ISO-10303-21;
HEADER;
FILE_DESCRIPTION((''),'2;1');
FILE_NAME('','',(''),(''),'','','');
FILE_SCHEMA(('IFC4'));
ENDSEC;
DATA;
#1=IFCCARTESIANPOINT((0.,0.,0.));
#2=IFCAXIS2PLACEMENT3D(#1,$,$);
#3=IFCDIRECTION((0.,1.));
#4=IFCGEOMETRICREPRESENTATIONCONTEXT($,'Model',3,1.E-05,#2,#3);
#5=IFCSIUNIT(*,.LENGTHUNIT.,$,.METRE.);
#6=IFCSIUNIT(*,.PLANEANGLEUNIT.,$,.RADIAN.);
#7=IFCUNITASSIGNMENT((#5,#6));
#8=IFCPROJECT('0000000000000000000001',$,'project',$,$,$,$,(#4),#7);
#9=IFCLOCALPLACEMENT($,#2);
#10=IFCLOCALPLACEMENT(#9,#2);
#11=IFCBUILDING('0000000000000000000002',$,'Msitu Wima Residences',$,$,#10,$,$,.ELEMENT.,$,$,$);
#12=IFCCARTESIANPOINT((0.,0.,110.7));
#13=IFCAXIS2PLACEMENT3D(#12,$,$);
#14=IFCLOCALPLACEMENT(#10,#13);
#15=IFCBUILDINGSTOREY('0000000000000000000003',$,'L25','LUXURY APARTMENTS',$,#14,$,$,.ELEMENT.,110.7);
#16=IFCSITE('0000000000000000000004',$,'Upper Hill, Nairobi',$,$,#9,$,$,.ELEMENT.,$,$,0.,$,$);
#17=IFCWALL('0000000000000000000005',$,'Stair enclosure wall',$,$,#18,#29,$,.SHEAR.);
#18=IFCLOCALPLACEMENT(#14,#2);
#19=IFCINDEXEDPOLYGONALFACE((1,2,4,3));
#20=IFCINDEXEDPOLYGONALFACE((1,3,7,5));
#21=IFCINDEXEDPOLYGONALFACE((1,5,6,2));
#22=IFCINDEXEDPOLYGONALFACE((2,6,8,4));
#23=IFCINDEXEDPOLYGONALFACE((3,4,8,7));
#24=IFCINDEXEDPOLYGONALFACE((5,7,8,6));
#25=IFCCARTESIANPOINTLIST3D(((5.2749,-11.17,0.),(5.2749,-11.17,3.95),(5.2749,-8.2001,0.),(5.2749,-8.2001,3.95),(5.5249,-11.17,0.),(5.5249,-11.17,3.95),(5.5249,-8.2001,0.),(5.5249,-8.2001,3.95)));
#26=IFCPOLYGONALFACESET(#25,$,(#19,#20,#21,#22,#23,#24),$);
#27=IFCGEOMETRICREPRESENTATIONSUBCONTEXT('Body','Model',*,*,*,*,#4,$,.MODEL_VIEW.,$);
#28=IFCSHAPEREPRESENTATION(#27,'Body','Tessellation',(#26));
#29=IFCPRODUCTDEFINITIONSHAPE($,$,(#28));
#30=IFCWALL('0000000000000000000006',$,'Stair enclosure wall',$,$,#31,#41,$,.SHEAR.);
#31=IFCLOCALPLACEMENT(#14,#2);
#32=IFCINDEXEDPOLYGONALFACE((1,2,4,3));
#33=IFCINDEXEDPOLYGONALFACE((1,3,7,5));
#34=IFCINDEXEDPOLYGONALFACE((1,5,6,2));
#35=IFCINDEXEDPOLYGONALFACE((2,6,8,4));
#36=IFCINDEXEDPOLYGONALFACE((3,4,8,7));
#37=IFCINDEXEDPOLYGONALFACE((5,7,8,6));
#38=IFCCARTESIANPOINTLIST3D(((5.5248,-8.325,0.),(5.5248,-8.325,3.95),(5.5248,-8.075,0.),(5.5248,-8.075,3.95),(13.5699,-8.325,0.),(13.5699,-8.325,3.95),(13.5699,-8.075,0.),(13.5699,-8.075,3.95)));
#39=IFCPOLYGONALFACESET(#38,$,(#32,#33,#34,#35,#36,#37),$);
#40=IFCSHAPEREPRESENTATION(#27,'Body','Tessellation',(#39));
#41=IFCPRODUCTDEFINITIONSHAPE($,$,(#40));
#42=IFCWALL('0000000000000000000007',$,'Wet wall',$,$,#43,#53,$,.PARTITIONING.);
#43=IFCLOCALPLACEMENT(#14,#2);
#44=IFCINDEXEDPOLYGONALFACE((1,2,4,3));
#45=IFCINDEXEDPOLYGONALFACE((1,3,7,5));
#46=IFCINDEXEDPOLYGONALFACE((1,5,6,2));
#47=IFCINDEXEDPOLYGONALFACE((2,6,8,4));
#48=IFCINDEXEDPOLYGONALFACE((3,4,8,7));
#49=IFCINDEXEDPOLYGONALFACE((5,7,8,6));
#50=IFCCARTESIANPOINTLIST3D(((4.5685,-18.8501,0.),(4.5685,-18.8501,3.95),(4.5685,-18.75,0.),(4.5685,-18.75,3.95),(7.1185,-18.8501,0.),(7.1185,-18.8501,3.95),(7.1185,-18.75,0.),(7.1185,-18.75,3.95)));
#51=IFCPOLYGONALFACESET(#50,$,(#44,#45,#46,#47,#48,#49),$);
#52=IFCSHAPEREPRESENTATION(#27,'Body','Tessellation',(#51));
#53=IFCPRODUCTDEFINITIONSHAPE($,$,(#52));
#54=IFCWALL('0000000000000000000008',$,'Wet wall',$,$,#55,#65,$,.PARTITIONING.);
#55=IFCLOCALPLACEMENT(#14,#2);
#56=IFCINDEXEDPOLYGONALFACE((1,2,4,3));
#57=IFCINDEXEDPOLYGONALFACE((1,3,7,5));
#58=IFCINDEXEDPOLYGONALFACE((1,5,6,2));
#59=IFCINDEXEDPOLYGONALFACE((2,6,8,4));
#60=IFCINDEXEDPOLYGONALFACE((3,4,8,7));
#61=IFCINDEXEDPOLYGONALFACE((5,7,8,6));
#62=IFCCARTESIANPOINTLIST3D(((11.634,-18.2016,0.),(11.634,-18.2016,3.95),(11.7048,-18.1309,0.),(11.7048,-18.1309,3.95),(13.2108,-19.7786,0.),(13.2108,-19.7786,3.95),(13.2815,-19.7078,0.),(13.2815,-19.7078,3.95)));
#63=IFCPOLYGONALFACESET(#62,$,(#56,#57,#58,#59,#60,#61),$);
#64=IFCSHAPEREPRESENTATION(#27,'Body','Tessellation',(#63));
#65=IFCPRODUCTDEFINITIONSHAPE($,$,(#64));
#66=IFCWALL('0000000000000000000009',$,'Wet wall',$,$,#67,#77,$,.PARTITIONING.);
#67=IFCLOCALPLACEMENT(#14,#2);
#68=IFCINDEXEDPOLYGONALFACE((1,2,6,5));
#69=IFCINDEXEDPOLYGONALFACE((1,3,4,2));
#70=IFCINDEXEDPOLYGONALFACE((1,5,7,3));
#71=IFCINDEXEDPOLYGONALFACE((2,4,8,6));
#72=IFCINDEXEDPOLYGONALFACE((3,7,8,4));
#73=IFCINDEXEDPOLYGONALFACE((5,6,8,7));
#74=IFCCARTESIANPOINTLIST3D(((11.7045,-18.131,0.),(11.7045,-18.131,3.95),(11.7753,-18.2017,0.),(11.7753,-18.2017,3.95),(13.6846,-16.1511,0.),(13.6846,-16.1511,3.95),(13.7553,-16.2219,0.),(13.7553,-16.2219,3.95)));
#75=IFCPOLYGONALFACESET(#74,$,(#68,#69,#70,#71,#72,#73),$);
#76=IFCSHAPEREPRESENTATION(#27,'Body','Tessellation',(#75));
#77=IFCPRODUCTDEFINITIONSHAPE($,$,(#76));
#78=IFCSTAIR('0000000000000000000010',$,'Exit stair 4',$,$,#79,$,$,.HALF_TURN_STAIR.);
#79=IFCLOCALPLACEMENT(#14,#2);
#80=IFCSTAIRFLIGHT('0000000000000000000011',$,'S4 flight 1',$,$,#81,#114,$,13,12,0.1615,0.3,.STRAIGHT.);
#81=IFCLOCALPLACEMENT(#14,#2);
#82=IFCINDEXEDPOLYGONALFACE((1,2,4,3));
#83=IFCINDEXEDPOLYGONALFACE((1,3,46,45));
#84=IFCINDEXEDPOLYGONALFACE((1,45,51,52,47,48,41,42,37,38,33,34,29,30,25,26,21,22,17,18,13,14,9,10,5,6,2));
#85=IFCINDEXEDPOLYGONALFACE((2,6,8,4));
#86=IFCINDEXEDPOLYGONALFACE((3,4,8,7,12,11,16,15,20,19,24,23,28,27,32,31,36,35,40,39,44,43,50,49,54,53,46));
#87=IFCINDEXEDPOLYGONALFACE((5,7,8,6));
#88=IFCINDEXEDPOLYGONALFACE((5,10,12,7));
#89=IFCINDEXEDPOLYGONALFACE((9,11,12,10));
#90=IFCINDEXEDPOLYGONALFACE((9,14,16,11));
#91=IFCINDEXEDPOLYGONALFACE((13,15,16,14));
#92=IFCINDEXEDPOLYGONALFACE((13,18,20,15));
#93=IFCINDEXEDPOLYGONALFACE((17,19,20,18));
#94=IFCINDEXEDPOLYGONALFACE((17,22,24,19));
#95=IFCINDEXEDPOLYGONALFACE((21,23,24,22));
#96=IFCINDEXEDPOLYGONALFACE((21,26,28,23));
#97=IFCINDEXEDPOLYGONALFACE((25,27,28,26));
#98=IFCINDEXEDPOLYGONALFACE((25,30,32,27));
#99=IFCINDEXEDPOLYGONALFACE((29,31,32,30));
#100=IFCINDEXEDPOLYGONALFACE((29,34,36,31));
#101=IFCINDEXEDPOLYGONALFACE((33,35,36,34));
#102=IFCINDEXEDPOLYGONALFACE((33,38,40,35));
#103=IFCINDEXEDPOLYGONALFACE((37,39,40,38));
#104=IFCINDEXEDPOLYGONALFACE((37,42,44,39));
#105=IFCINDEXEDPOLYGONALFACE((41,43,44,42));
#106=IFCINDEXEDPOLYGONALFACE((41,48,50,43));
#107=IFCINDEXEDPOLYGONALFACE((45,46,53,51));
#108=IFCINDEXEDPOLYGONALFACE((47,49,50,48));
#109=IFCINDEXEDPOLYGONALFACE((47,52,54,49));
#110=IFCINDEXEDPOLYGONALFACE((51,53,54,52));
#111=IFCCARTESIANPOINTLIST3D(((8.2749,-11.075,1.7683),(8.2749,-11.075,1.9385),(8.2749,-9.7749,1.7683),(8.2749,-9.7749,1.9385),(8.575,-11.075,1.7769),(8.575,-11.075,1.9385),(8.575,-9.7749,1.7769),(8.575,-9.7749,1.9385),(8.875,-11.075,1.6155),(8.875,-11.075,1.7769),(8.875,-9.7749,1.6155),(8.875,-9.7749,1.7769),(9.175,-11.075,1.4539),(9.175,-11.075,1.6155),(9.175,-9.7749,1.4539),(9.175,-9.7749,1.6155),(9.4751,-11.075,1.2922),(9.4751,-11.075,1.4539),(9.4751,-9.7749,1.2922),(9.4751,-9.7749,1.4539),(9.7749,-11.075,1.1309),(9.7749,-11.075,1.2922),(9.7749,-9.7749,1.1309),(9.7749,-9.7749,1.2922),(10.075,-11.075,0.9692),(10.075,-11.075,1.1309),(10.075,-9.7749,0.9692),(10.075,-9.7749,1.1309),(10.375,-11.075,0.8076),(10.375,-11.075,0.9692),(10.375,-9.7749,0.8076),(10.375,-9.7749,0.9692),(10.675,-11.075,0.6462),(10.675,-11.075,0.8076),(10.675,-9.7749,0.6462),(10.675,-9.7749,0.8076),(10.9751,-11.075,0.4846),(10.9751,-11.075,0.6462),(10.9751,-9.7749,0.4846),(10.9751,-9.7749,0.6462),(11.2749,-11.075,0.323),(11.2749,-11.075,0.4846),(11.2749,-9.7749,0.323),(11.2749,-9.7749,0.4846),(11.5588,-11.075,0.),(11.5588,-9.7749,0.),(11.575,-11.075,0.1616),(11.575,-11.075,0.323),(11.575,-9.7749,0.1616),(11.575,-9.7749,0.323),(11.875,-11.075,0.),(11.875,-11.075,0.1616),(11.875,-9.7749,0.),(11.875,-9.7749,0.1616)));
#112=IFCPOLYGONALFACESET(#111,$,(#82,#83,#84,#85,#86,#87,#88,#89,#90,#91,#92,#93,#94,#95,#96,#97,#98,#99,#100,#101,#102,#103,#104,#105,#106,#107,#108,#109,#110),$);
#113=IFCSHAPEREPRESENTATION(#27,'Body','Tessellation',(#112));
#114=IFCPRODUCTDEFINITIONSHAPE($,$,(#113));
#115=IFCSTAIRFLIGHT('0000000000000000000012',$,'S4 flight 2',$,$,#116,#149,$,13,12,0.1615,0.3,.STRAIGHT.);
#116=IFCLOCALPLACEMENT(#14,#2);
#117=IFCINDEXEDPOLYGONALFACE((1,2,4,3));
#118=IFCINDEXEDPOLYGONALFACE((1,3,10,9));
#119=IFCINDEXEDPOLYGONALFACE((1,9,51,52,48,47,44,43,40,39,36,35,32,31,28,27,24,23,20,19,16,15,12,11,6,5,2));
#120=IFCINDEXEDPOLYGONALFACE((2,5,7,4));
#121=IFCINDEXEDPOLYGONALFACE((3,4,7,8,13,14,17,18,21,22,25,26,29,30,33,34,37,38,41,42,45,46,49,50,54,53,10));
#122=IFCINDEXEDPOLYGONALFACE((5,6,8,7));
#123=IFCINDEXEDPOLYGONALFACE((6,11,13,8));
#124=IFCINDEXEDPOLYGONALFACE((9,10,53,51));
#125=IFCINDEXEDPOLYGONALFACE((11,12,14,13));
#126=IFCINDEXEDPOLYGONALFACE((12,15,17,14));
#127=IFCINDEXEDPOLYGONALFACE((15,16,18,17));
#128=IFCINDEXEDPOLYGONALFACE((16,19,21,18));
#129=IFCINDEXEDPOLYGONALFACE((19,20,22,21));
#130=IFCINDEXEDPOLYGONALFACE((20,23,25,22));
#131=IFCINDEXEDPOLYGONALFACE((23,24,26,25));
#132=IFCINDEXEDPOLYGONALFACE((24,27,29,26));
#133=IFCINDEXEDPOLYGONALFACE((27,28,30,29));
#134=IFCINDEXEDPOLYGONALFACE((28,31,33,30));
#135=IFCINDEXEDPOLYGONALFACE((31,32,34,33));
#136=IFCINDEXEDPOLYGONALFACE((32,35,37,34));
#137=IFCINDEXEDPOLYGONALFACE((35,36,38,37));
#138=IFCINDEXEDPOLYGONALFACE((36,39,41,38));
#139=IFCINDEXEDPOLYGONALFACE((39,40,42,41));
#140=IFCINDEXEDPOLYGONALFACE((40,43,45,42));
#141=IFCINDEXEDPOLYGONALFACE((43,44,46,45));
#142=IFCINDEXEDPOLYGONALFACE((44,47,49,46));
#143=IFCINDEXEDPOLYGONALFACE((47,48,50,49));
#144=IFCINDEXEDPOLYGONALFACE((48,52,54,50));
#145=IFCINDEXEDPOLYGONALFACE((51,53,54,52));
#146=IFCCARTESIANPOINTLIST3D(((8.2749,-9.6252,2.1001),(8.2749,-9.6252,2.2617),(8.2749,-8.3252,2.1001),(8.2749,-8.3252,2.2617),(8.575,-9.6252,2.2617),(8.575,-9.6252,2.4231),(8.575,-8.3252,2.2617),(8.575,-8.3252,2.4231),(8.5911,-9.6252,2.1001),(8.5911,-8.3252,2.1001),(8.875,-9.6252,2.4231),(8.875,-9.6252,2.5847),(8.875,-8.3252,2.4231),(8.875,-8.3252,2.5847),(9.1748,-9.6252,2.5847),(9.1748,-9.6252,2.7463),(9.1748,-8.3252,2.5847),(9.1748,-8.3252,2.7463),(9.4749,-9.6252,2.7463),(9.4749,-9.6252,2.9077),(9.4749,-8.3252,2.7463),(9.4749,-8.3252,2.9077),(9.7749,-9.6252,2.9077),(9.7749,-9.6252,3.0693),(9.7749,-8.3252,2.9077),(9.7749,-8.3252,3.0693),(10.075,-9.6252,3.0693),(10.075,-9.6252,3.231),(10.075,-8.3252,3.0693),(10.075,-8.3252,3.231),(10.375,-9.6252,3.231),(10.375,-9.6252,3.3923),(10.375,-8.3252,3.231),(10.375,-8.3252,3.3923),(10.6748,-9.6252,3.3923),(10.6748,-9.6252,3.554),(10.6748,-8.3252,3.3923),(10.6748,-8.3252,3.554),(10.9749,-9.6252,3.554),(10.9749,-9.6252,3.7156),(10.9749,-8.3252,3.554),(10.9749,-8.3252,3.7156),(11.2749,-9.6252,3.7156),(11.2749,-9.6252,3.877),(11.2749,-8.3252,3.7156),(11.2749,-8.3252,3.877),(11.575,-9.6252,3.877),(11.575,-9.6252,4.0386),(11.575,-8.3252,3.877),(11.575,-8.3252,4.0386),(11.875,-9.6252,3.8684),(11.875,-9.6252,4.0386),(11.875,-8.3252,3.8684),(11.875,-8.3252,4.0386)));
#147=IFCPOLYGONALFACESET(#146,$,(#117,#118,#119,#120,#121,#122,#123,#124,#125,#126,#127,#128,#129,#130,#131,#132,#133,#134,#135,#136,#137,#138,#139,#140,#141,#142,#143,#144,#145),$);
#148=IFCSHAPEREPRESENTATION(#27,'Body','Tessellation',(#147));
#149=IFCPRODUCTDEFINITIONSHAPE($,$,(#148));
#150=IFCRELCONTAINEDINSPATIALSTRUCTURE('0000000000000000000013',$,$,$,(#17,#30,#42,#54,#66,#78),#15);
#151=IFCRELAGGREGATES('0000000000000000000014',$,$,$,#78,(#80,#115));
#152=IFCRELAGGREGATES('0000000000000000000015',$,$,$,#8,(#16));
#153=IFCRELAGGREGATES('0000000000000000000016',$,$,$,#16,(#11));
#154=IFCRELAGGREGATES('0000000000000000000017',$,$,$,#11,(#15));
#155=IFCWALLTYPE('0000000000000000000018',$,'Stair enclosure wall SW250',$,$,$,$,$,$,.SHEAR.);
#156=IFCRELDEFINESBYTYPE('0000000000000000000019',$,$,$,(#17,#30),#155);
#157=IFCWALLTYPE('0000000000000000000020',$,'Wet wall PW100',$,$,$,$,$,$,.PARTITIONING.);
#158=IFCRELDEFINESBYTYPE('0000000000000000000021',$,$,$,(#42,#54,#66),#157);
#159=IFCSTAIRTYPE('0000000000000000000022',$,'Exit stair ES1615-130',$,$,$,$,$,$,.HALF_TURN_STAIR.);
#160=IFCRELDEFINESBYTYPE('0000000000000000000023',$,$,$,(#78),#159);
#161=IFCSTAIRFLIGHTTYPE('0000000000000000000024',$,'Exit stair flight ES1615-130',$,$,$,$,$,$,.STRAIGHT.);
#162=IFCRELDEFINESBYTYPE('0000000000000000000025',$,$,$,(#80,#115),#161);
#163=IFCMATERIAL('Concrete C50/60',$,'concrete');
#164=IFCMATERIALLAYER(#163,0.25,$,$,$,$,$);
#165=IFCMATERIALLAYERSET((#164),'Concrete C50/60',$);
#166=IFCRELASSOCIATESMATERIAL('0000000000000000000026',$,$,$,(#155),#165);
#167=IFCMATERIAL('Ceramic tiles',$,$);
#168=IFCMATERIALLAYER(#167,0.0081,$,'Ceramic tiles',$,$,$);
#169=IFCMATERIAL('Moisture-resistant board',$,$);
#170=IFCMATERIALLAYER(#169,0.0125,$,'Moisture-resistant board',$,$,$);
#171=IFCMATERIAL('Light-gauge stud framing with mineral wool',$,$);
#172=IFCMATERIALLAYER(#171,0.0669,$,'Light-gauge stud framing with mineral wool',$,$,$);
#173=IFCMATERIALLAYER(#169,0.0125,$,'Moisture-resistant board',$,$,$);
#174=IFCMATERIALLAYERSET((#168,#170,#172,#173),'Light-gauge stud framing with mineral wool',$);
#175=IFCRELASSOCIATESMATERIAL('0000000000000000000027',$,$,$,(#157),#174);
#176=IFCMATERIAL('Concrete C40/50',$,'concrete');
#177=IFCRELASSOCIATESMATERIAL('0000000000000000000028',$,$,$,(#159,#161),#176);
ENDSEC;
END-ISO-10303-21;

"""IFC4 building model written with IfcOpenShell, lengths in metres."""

from ifc_helpers import new_model, si_unit, direction, frame, frame_2d, origin, place, context, subcontext, project, spatial, polyline, rectangle, outline, extrude, material, layer, layer_set, type_object, element, aggregate, save


model = new_model("IFC4")

# Units and contexts
model_context = context("Model", 3, precision=1e-05, world=origin(), true_north=direction((0.0, 1.0)))
body_context = subcontext(model_context, "Body", "Model", "MODEL_VIEW")
ifc_project = project(units=[si_unit("LENGTHUNIT", "METRE"), si_unit("PLANEANGLEUNIT", "RADIAN")], contexts=[model_context])

# Site, building, storey
site_placement = place(None, origin())
site = spatial("IfcSite", under=ifc_project, at=site_placement, Name="Upper Hill, Nairobi", CompositionType="ELEMENT", RefElevation=0.0)
building_placement = place(site_placement, origin())
building = spatial("IfcBuilding", under=site, at=building_placement, Name="Msitu Wima Residences", CompositionType="ELEMENT")
storey_placement = place(building_placement, frame((0.0, 0.0, 110.7)))
storey = spatial("IfcBuildingStorey", under=building, at=storey_placement, Name="L25", Description="LUXURY APARTMENTS", CompositionType="ELEMENT", Elevation=110.7)

# Shared definitions
ifc_material_1 = material(Name="Concrete C40/50", Category="concrete")

# Walls
ifc_material_2 = material(Name="Light-gauge stud framing with mineral wool")
ifc_material_3 = material(Name="Concrete C50/60", Category="concrete")
ifc_layer_1 = layer(ifc_material_3, 0.25)
ifc_layer_set_1 = layer_set([ifc_layer_1], Name="Concrete C50/60")
wall_type_1 = type_object("IfcWallType", Name="Stair enclosure wall SW250", PredefinedType="SHEAR", material=ifc_layer_set_1)
wall_1_placement = place(storey_placement, frame((5.3999, -11.1699, 0.0), z_axis=(0.0, 0.0, 1.0), x_axis=(0.0, 1.0, 0.0)))
element("IfcWall", 1, at=wall_1_placement, inside=storey, type_object=wall_type_1, Name="Stair enclosure wall", PredefinedType="SHEAR", context=body_context, shape_type="SweptSolid", body=[
    extrude(rectangle(XDim=2.97, YDim=0.25, at=frame_2d((1.4849, 0.0))), origin(), (0.0, 0.0, 1.0), 3.95),
])
wall_2_placement = place(storey_placement, frame((5.5249, -8.2, 0.0), z_axis=(0.0, 0.0, 1.0), x_axis=(1.0, 0.0, 0.0)))
element("IfcWall", 2, at=wall_2_placement, inside=storey, type_object=wall_type_1, Name="Stair enclosure wall", PredefinedType="SHEAR", context=body_context, shape_type="SweptSolid", body=[
    extrude(rectangle(XDim=8.0452, YDim=0.25, at=frame_2d((4.0225, 0.0))), origin(), (0.0, 0.0, 1.0), 3.95),
])
ifc_material_4 = material(Name="Ceramic tiles")
ifc_layer_2 = layer(ifc_material_4, 0.0081, Name="Ceramic tiles")
ifc_material_5 = material(Name="Moisture-resistant board")
ifc_layer_3 = layer(ifc_material_5, 0.0125, Name="Moisture-resistant board")
ifc_layer_4 = layer(ifc_material_2, 0.0669, Name="Light-gauge stud framing with mineral wool")
ifc_layer_5 = layer(ifc_material_5, 0.0125, Name="Moisture-resistant board")
ifc_layer_set_2 = layer_set([ifc_layer_2, ifc_layer_3, ifc_layer_4, ifc_layer_5], Name="Light-gauge stud framing with mineral wool")
wall_type_2 = type_object("IfcWallType", Name="Wet wall PW100", PredefinedType="PARTITIONING", material=ifc_layer_set_2)
wall_3_placement = place(storey_placement, frame((4.5686, -18.8, 0.0), z_axis=(0.0, 0.0, 1.0), x_axis=(1.0, 0.0, 0.0)))
element("IfcWall", 3, at=wall_3_placement, inside=storey, type_object=wall_type_2, Name="Wet wall", PredefinedType="PARTITIONING", context=body_context, shape_type="SweptSolid", body=[
    extrude(rectangle(XDim=2.55, YDim=0.1001, at=frame_2d((1.2749, 0.0))), origin(), (0.0, 0.0, 1.0), 3.95),
])
wall_4_placement = place(storey_placement, frame((11.6694, -18.1663, 0.0), z_axis=(0.0, 0.0, 1.0), x_axis=(0.707052, -0.707162, 0.0)))
element("IfcWall", 4, at=wall_4_placement, inside=storey, type_object=wall_type_2, Name="Wet wall", PredefinedType="PARTITIONING", context=body_context, shape_type="SweptSolid", body=[
    extrude(rectangle(XDim=2.23, YDim=0.1001, at=frame_2d((1.115, 0.0))), origin(), (0.0, 0.0, 1.0), 3.95),
])
wall_5_placement = place(storey_placement, frame((11.74, -18.1663, 0.0), z_axis=(0.0, 0.0, 1.0), x_axis=(0.70715, 0.707063, 0.0)))
element("IfcWall", 5, at=wall_5_placement, inside=storey, type_object=wall_type_2, Name="Wet wall", PredefinedType="PARTITIONING", context=body_context, shape_type="SweptSolid", body=[
    extrude(rectangle(XDim=2.8, YDim=0.1001, at=frame_2d((1.3999, 0.0))), origin(), (0.0, 0.0, 1.0), 3.95),
])

# Stair, stair flights
stair_type = type_object("IfcStairType", Name="Exit stair ES1615-130", PredefinedType="HALF_TURN_STAIR", material=ifc_material_1)
stair_placement = place(storey_placement, origin())
stair = element("IfcStair", 6, at=stair_placement, inside=storey, type_object=stair_type, Name="Exit stair 4", PredefinedType="HALF_TURN_STAIR")
stair_flight_type = type_object("IfcStairFlightType", Name="Exit stair flight ES1615-130", PredefinedType="STRAIGHT", material=ifc_material_1)
stair_flight_1_placement = place(storey_placement, frame((11.875, -10.425, 0.0), z_axis=(0.0, 0.0, 1.0), x_axis=(-1.0, 0.0, 0.0)))
stair_flight_1 = element("IfcStairFlight", 7, at=stair_flight_1_placement, type_object=stair_flight_type, Name="S4 flight 1", NumberOfRisers=13, NumberOfTreads=12, PredefinedType="STRAIGHT", RiserHeight=0.1615, TreadLength=0.3, context=body_context, shape_type="SweptSolid", body=[
    extrude(outline(polyline([(0.0, 0.0), (0.0, 0.1616), (0.3, 0.1616), (0.3, 0.323), (0.6001, 0.323), (0.6001, 0.4846), (0.8999, 0.4846), (0.8999, 0.6462), (1.2, 0.6462), (1.2, 0.8076), (1.5, 0.8076), (1.5, 0.9692), (1.8, 0.9692), (1.8, 1.1309), (2.1001, 1.1309), (2.1001, 1.2922), (2.3999, 1.2922), (2.3999, 1.4539), (2.7, 1.4539), (2.7, 1.6155), (3.0, 1.6155), (3.0, 1.7769), (3.3, 1.7769), (3.3, 1.9385), (3.6001, 1.9385), (3.6001, 2.1001), (3.6001, 1.7683), (0.3162, 0.0), (0.0, 0.0)])), frame((0.0, 0.6499, 0.0), z_axis=(0.0, -1.0, 0.0), x_axis=(1.0, 0.0, 0.0)), (0.0, 0.0, 1.0), 1.3),
])
stair_flight_2_placement = place(storey_placement, frame((8.2749, -8.9751, 2.1001), z_axis=(0.0, 0.0, 1.0), x_axis=(1.0, 0.0, 0.0)))
stair_flight_2 = element("IfcStairFlight", 8, at=stair_flight_2_placement, type_object=stair_flight_type, Name="S4 flight 2", NumberOfRisers=13, NumberOfTreads=12, PredefinedType="STRAIGHT", RiserHeight=0.1615, TreadLength=0.3, context=body_context, shape_type="SweptSolid", body=[
    extrude(outline(polyline([(0.0, 0.0), (0.0, 0.1616), (0.3, 0.1616), (0.3, 0.323), (0.6001, 0.323), (0.6001, 0.4846), (0.8999, 0.4846), (0.8999, 0.6462), (1.2, 0.6462), (1.2, 0.8076), (1.5, 0.8076), (1.5, 0.9692), (1.8, 0.9692), (1.8, 1.1309), (2.1001, 1.1309), (2.1001, 1.2922), (2.3999, 1.2922), (2.3999, 1.4539), (2.7, 1.4539), (2.7, 1.6155), (3.0, 1.6155), (3.0, 1.7769), (3.3, 1.7769), (3.3, 1.9385), (3.6001, 1.9385), (3.6001, 2.1001), (3.6001, 1.7683), (0.3162, 0.0), (0.0, 0.0)])), frame((0.0, 0.6499, 0.0), z_axis=(0.0, -1.0, 0.0), x_axis=(1.0, 0.0, 0.0)), (0.0, 0.0, 1.0), 1.3),
])
aggregate(stair, [stair_flight_1, stair_flight_2])

save(model, "model.ifc")
